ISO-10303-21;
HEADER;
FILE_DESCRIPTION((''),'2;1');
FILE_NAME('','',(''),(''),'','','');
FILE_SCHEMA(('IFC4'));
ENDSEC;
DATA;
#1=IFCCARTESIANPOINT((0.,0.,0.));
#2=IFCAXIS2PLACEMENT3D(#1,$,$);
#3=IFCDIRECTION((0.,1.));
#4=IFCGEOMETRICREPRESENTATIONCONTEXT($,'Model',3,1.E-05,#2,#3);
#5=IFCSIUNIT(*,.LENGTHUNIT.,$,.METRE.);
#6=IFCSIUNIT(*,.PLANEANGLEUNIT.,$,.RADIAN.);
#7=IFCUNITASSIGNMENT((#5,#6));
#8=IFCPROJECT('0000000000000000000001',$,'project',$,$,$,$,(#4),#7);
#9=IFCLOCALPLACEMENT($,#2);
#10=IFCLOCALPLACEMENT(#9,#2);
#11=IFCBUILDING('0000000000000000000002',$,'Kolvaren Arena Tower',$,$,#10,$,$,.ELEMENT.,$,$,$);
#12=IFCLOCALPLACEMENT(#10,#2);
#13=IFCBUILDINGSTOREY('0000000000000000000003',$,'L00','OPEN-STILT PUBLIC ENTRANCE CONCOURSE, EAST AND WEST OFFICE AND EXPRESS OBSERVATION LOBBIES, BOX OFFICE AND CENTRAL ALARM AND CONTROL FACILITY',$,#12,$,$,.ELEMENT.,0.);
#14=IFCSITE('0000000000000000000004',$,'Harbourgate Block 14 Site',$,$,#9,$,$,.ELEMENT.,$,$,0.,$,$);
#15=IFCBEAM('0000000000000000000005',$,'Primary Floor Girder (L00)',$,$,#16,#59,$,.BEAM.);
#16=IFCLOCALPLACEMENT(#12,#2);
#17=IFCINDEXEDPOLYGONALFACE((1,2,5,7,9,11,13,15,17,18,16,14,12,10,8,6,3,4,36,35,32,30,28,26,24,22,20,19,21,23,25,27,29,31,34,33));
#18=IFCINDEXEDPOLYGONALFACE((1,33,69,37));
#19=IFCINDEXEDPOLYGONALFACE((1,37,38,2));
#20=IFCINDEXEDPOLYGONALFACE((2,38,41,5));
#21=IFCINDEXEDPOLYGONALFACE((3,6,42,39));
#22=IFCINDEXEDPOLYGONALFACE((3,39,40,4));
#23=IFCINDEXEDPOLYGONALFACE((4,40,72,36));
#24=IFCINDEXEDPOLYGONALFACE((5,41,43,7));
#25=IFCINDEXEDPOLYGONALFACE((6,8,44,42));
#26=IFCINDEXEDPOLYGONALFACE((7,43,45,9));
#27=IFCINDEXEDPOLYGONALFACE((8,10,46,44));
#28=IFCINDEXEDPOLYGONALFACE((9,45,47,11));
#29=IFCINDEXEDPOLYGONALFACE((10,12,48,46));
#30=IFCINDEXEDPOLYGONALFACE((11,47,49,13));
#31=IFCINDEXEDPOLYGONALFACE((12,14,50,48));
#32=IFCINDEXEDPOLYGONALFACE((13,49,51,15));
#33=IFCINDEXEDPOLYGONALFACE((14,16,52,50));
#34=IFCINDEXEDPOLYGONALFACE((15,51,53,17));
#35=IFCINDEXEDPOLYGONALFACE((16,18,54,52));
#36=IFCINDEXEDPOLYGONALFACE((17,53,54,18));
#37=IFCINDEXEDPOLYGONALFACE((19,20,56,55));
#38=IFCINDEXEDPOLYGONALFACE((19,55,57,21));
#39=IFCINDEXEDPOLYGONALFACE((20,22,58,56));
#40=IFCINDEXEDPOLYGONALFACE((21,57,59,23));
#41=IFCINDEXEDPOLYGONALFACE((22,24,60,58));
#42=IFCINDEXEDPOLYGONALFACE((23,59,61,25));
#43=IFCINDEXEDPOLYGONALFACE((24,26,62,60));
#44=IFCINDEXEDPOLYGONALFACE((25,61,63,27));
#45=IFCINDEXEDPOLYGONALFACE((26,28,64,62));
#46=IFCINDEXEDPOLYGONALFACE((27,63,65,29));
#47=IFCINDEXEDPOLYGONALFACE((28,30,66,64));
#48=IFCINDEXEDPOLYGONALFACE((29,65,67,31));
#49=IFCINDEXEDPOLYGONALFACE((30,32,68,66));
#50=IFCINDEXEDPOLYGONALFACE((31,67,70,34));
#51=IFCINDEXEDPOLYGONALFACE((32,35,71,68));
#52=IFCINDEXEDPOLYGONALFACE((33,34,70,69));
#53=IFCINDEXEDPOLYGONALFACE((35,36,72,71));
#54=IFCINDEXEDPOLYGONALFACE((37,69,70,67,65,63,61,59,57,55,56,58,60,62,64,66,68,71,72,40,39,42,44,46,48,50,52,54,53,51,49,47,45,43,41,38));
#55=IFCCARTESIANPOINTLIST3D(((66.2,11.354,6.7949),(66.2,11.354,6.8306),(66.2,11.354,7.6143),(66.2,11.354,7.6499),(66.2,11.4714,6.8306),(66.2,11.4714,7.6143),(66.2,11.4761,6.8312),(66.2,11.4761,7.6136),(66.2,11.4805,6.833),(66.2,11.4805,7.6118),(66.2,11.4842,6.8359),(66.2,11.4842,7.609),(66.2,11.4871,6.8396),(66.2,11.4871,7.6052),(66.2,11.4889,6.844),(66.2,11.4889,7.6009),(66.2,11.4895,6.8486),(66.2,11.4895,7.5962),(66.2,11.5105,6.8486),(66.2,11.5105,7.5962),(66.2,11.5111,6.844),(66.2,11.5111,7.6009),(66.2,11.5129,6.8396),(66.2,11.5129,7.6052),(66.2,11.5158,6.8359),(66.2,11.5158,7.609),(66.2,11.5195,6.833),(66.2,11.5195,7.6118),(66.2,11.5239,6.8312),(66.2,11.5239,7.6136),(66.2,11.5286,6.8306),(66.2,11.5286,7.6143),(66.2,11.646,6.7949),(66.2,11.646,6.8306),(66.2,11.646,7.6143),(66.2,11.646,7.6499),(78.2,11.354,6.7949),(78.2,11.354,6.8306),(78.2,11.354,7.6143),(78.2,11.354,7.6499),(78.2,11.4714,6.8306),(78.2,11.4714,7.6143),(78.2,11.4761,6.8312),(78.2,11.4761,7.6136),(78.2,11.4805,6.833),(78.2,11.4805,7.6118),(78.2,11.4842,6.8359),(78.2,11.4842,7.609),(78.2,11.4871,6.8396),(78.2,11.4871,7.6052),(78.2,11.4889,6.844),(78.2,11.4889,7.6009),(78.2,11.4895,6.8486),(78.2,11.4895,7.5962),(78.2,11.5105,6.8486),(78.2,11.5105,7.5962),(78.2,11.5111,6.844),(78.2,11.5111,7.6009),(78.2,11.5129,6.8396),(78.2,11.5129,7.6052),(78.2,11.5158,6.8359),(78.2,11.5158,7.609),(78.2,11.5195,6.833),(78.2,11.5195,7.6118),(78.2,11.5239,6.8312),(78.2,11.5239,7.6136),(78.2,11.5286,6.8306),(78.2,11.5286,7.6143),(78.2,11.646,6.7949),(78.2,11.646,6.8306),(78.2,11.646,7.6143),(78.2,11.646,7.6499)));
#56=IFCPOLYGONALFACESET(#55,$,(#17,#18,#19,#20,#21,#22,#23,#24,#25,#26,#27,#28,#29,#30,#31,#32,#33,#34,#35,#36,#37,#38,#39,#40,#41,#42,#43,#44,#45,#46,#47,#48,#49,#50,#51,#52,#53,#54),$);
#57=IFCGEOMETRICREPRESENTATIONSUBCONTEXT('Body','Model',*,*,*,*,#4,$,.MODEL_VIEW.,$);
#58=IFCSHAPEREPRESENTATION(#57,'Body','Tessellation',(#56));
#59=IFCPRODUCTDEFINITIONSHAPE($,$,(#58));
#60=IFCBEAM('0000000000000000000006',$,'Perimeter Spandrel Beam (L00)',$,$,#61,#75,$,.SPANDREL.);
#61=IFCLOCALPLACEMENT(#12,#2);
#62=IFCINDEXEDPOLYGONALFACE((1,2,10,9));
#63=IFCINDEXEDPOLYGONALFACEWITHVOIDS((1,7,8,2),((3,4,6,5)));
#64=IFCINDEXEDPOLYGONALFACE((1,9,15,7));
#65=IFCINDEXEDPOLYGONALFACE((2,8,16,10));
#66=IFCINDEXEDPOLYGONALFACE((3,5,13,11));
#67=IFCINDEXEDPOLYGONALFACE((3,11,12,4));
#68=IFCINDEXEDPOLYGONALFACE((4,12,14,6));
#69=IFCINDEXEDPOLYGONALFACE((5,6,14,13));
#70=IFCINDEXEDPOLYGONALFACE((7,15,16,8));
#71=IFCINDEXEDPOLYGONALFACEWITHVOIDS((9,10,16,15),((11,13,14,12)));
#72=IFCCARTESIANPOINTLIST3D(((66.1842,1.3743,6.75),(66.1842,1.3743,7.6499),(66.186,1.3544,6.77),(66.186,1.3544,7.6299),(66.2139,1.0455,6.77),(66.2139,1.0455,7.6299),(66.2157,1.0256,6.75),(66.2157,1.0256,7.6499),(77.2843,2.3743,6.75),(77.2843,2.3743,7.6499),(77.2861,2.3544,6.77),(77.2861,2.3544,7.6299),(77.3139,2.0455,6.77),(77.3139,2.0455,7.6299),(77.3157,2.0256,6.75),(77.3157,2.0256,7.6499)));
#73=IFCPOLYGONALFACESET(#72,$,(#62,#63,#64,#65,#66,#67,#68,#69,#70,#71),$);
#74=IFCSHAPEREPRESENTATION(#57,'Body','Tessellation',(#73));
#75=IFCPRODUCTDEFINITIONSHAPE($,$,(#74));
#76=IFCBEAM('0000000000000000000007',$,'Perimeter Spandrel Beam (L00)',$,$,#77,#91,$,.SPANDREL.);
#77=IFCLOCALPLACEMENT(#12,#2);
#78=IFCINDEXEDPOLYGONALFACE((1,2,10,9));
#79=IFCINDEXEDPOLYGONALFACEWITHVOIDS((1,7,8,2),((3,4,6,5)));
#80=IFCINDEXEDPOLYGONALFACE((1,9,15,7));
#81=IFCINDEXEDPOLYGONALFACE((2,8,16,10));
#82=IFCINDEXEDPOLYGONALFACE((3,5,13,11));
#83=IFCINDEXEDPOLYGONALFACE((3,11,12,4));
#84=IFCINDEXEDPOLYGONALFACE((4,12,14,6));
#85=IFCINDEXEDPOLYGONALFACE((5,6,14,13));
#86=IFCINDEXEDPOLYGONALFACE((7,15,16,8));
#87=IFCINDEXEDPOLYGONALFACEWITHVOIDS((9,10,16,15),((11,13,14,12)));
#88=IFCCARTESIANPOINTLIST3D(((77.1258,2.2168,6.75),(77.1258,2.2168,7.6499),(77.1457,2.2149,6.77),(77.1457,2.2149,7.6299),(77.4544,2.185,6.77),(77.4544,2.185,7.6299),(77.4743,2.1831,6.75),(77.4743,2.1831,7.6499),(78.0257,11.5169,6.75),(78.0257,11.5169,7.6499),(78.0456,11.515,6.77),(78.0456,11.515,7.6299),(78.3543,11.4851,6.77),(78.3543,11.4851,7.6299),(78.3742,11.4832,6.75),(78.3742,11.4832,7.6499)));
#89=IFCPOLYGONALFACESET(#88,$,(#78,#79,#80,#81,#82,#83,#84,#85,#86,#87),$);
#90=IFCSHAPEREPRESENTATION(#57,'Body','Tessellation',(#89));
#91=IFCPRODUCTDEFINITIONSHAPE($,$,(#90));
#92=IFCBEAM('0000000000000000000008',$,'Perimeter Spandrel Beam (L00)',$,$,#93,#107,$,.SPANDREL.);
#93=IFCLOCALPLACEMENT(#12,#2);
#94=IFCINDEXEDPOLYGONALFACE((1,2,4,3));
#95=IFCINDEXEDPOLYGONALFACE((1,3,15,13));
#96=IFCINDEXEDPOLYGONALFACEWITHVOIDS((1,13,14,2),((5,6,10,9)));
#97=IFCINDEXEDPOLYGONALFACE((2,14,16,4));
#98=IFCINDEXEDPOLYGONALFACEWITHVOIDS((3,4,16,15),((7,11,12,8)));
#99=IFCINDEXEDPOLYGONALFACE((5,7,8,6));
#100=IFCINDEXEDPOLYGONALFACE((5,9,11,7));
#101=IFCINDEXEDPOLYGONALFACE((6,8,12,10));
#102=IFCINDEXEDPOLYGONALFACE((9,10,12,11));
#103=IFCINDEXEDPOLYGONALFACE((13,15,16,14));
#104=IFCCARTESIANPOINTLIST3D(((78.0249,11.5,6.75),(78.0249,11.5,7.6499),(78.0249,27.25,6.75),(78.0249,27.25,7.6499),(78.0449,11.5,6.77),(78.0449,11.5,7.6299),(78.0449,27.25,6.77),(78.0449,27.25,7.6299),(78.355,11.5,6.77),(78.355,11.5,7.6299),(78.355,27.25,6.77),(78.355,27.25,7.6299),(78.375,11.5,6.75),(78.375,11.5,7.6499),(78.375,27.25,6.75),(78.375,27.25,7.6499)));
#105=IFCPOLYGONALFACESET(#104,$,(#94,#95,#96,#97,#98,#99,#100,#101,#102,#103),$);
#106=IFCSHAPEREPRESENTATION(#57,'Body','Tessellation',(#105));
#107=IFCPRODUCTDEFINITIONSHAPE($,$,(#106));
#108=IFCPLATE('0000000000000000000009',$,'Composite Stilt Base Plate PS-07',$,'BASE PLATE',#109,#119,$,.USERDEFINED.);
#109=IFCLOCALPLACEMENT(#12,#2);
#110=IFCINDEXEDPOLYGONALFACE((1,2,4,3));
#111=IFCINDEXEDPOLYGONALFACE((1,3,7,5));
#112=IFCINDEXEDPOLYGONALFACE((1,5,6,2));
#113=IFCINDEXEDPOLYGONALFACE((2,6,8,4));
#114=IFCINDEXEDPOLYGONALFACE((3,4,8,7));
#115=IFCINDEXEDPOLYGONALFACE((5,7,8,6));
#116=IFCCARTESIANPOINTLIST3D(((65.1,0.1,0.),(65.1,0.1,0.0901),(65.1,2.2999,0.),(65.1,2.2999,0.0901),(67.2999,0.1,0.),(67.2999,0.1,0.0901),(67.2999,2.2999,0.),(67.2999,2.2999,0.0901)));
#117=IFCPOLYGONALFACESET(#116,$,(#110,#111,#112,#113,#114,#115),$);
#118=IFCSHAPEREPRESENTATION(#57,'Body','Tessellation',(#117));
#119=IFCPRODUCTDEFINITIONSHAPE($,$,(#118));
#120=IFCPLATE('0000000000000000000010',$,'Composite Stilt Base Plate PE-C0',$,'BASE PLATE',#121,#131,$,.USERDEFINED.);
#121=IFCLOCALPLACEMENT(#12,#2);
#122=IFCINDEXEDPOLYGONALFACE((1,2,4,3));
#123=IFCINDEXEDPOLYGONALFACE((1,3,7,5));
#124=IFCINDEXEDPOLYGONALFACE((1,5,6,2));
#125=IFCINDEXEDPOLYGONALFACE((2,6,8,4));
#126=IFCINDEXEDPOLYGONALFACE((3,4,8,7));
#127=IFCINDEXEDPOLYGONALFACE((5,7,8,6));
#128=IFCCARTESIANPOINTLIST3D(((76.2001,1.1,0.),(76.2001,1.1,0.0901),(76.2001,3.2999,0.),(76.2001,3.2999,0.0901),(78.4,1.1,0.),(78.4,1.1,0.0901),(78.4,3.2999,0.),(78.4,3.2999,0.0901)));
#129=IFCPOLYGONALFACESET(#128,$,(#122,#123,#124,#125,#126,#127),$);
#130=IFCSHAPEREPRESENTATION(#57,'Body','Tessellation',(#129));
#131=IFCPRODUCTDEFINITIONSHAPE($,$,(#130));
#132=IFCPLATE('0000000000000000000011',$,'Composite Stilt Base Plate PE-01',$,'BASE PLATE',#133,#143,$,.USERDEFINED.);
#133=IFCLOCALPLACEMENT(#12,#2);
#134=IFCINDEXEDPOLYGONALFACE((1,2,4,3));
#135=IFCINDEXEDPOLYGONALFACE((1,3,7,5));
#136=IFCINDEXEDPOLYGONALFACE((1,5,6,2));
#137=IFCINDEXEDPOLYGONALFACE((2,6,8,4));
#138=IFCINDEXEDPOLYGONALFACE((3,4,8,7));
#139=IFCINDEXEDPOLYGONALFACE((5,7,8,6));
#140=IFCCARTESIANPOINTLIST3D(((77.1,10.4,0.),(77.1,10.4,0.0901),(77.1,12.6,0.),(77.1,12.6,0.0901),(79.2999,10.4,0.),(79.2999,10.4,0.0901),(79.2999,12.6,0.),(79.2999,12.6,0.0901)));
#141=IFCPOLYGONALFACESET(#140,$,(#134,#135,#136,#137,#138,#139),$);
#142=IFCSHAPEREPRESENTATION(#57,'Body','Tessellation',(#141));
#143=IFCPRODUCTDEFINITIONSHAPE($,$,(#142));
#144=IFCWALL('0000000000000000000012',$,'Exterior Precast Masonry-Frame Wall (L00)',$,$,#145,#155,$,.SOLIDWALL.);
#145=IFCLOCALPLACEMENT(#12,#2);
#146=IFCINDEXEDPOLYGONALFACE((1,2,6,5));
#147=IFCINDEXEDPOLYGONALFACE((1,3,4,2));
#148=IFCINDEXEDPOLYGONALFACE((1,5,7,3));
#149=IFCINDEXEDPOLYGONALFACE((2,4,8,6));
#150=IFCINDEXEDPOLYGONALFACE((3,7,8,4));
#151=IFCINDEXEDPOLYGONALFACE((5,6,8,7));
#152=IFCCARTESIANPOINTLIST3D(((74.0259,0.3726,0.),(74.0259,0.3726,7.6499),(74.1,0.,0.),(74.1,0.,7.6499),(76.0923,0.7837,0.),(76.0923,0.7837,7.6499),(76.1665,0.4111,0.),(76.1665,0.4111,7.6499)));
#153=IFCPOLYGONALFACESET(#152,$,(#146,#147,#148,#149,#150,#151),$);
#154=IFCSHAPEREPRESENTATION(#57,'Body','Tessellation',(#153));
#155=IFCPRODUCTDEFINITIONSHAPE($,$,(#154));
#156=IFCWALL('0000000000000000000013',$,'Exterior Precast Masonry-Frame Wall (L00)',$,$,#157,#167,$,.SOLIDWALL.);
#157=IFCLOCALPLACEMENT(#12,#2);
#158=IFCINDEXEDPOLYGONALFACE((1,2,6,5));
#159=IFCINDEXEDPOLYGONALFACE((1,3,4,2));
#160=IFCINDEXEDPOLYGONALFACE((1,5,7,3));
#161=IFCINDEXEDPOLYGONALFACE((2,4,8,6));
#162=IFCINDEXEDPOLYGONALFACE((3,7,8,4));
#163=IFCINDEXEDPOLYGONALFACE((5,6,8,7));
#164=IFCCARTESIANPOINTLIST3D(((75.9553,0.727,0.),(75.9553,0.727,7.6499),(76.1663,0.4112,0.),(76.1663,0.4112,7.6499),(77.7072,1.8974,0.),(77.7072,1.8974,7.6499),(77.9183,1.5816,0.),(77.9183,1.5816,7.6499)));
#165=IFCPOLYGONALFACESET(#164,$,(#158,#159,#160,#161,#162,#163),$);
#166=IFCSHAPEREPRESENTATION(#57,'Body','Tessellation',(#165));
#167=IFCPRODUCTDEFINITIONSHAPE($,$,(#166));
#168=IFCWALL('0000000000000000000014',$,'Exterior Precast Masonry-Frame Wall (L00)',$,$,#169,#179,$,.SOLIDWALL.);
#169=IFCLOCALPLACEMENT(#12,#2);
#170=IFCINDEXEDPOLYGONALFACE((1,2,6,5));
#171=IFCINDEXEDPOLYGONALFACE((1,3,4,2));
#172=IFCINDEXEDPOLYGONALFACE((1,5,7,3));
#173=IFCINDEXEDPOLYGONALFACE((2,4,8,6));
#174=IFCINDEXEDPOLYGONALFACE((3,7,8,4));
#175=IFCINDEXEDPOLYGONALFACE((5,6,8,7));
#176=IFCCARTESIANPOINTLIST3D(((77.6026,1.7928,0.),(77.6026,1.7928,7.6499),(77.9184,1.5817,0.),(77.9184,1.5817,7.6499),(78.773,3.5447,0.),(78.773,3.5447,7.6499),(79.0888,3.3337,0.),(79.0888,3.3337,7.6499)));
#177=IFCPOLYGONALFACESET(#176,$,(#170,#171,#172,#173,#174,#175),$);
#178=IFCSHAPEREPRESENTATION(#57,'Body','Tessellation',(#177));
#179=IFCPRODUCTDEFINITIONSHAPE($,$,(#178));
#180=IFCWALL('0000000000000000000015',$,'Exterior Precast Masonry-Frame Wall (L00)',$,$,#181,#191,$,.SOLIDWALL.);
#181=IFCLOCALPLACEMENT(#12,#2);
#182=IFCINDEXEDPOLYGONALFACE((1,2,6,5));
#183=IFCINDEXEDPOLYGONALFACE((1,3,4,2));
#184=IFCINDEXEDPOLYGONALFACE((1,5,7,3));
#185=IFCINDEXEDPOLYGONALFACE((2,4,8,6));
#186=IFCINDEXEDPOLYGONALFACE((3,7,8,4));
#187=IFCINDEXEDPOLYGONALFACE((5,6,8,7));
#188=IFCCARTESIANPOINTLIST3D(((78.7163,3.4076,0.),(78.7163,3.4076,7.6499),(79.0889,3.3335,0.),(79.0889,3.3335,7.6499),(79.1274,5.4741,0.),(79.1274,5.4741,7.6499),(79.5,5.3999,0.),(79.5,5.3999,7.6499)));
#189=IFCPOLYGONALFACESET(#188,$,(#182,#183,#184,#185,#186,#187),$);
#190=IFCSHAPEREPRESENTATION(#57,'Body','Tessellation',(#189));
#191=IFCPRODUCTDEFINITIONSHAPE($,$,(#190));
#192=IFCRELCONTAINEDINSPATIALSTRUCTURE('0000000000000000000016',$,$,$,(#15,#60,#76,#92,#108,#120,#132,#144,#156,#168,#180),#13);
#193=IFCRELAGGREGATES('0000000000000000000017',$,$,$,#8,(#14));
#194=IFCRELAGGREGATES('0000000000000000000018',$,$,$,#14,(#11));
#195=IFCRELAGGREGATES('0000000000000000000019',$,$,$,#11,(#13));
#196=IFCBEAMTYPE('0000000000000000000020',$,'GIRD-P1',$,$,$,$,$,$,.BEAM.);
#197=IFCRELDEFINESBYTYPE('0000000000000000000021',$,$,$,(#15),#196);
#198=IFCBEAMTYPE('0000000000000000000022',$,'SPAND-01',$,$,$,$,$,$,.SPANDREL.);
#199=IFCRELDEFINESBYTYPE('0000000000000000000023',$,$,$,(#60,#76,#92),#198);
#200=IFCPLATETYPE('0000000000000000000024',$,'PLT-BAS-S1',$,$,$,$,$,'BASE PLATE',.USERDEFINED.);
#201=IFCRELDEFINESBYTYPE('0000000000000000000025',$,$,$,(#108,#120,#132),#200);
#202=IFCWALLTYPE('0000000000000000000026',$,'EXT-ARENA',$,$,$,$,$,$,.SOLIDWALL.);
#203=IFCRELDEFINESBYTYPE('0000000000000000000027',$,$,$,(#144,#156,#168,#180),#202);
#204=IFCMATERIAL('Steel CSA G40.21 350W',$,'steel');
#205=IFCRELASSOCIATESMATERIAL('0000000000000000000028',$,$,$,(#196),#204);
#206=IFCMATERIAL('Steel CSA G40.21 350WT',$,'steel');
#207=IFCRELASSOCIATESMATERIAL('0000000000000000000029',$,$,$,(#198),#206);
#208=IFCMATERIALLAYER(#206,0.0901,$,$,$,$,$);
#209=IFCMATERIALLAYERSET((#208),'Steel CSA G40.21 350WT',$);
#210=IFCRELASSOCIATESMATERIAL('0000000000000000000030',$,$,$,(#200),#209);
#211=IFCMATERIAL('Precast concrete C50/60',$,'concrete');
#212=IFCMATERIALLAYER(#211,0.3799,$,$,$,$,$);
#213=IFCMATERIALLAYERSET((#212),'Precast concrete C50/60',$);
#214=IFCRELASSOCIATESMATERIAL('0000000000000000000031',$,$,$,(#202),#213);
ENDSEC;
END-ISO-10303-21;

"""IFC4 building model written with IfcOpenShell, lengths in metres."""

from ifc_helpers import new_model, si_unit, direction, frame, frame_2d, origin, origin_2d, place, context, subcontext, project, spatial, rectangle, hollow_rectangle, i_section, extrude, material, layer, layer_set, material_profile, profile_set, type_object, element, save


model = new_model("IFC4")

# Units and contexts
model_context = context("Model", 3, precision=1e-05, world=origin(), true_north=direction((0.0, 1.0)))
body_context = subcontext(model_context, "Body", "Model", "MODEL_VIEW")
ifc_project = project(units=[si_unit("LENGTHUNIT", "METRE"), si_unit("PLANEANGLEUNIT", "RADIAN")], contexts=[model_context])

# Site, building, storey
site_placement = place(None, origin())
site = spatial("IfcSite", under=ifc_project, at=site_placement, Name="Harbourgate Block 14 Site", CompositionType="ELEMENT", RefElevation=0.0)
building_placement = place(site_placement, origin())
building = spatial("IfcBuilding", under=site, at=building_placement, Name="Kolvaren Arena Tower", CompositionType="ELEMENT")
storey_placement = place(building_placement, origin())
storey = spatial("IfcBuildingStorey", under=building, at=storey_placement, Name="L00", Description="OPEN-STILT PUBLIC ENTRANCE CONCOURSE, EAST AND WEST OFFICE AND EXPRESS OBSERVATION LOBBIES, BOX OFFICE AND CENTRAL ALARM AND CONTROL FACILITY", CompositionType="ELEMENT", Elevation=0.0)

# Shared definitions
ifc_material_1 = material(Name="Steel CSA G40.21 350WT", Category="steel")

# Beams
ifc_material_2 = material(Name="Steel CSA G40.21 350W", Category="steel")
ifc_material_profile_1 = material_profile(ifc_material_2, i_section(OverallWidth=0.292, OverallDepth=0.855, WebThickness=0.021, FlangeThickness=0.0356, FilletRadius=0.0181, at=origin_2d()), Name="W840x299")
ifc_profile_set_1 = profile_set([ifc_material_profile_1], Name="Steel CSA G40.21 350W")
beam_type_1 = type_object("IfcBeamType", Name="GIRD-P1", PredefinedType="BEAM", material=ifc_profile_set_1)
beam_1_placement = place(storey_placement, frame((66.2, 11.5, 7.2224), z_axis=(1.0, 0.0, 0.0), x_axis=(0.0, 1.0, 0.0)))
element("IfcBeam", 1, at=beam_1_placement, inside=storey, type_object=beam_type_1, Name="Primary Floor Girder (L00)", PredefinedType="BEAM", context=body_context, shape_type="SweptSolid", body=[
    extrude(i_section(OverallWidth=0.292, OverallDepth=0.855, WebThickness=0.021, FlangeThickness=0.0356, FilletRadius=0.0181, at=origin_2d()), origin(), (0.0, 0.0, 1.0), 12.0),
])
ifc_material_profile_2 = material_profile(ifc_material_1, hollow_rectangle(XDim=0.3501, YDim=0.8999, WallThickness=0.02, at=origin_2d()), Name="HSS 900x350x20")
ifc_profile_set_2 = profile_set([ifc_material_profile_2], Name="Steel CSA G40.21 350WT")
beam_type_2 = type_object("IfcBeamType", Name="SPAND-01", PredefinedType="SPANDREL", material=ifc_profile_set_2)
beam_2_placement = place(storey_placement, frame((66.2, 1.2, 7.2), z_axis=(0.995966, 0.089726, 0.0), x_axis=(-0.089726, 0.995966, 0.0)))
element("IfcBeam", 2, at=beam_2_placement, inside=storey, type_object=beam_type_2, Name="Perimeter Spandrel Beam (L00)", PredefinedType="SPANDREL", context=body_context, shape_type="SweptSolid", body=[
    extrude(hollow_rectangle(XDim=0.3501, YDim=0.8999, WallThickness=0.02, at=origin_2d()), origin(), (0.0, 0.0, 1.0), 11.145),
])
beam_3_placement = place(storey_placement, frame((77.3, 2.2, 7.2), z_axis=(0.096313, 0.995351, 0.0), x_axis=(-0.995351, 0.096313, 0.0)))
element("IfcBeam", 3, at=beam_3_placement, inside=storey, type_object=beam_type_2, Name="Perimeter Spandrel Beam (L00)", PredefinedType="SPANDREL", context=body_context, shape_type="SweptSolid", body=[
    extrude(hollow_rectangle(XDim=0.3501, YDim=0.8999, WallThickness=0.02, at=origin_2d()), origin(), (0.0, 0.0, 1.0), 9.3435),
])
beam_4_placement = place(storey_placement, frame((78.2, 11.5, 7.2), z_axis=(0.0, 1.0, 0.0), x_axis=(-1.0, 0.0, 0.0)))
element("IfcBeam", 4, at=beam_4_placement, inside=storey, type_object=beam_type_2, Name="Perimeter Spandrel Beam (L00)", PredefinedType="SPANDREL", context=body_context, shape_type="SweptSolid", body=[
    extrude(hollow_rectangle(XDim=0.3501, YDim=0.8999, WallThickness=0.02, at=origin_2d()), origin(), (0.0, 0.0, 1.0), 15.75),
])

# Plates
ifc_layer_1 = layer(ifc_material_1, 0.0901)
ifc_layer_set_1 = layer_set([ifc_layer_1], Name="Steel CSA G40.21 350WT")
plate_type = type_object("IfcPlateType", Name="PLT-BAS-S1", ElementType="BASE PLATE", PredefinedType="USERDEFINED", material=ifc_layer_set_1)
for number, where, z_axis, x_axis, name in (
    (5, (66.2, 1.2, 0.0), (0.0, 0.0, 1.0), (1.0, 0.0, 0.0), "Composite Stilt Base Plate PS-07"),
    (6, (77.3, 2.2, 0.0), (0.0, 0.0, 1.0), (1.0, 0.0, 0.0), "Composite Stilt Base Plate PE-C0"),
    (7, (78.2, 11.5, 0.0), (0.0, 0.0, 1.0), (1.0, 0.0, 0.0), "Composite Stilt Base Plate PE-01"),
):
    element("IfcPlate", number, at=place(storey_placement, frame(where, z_axis=z_axis, x_axis=x_axis)), inside=storey, type_object=plate_type, Name=name, ObjectType="BASE PLATE", PredefinedType="USERDEFINED", context=body_context, shape_type="SweptSolid", body=[
        extrude(rectangle(XDim=2.2, YDim=2.2, at=origin_2d()), origin(), (0.0, 0.0, 1.0), 0.0901),
    ])

# Walls
ifc_material_3 = material(Name="Precast concrete C50/60", Category="concrete")
ifc_layer_2 = layer(ifc_material_3, 0.3799)
ifc_layer_set_2 = layer_set([ifc_layer_2], Name="Precast concrete C50/60")
wall_type_1 = type_object("IfcWallType", Name="EXT-ARENA", PredefinedType="SOLIDWALL", material=ifc_layer_set_2)
for number, where, z_axis, x_axis, name in (
    (8, (76.1294, 0.5974, 0.0), (0.0, 0.0, 1.0), (-0.980776, -0.195136, 0.0), "Exterior Precast Masonry-Frame Wall (L00)"),
    (9, (77.8127, 1.7395, 0.0), (0.0, 0.0, 1.0), (-0.831515, -0.555502, 0.0), "Exterior Precast Masonry-Frame Wall (L00)"),
    (10, (78.9309, 3.4392, 0.0), (0.0, 0.0, 1.0), (-0.555502, -0.831515, 0.0), "Exterior Precast Masonry-Frame Wall (L00)"),
    (11, (79.3137, 5.437, 0.0), (0.0, 0.0, 1.0), (-0.195136, -0.980776, 0.0), "Exterior Precast Masonry-Frame Wall (L00)"),
):
    element("IfcWall", number, at=place(storey_placement, frame(where, z_axis=z_axis, x_axis=x_axis)), inside=storey, type_object=wall_type_1, Name=name, PredefinedType="SOLIDWALL", context=body_context, shape_type="SweptSolid", body=[
        extrude(rectangle(XDim=2.1069, YDim=0.3799, at=frame_2d((1.0535, 0.0))), origin(), (0.0, 0.0, 1.0), 7.6499),
    ])

save(model, "model.ifc")
